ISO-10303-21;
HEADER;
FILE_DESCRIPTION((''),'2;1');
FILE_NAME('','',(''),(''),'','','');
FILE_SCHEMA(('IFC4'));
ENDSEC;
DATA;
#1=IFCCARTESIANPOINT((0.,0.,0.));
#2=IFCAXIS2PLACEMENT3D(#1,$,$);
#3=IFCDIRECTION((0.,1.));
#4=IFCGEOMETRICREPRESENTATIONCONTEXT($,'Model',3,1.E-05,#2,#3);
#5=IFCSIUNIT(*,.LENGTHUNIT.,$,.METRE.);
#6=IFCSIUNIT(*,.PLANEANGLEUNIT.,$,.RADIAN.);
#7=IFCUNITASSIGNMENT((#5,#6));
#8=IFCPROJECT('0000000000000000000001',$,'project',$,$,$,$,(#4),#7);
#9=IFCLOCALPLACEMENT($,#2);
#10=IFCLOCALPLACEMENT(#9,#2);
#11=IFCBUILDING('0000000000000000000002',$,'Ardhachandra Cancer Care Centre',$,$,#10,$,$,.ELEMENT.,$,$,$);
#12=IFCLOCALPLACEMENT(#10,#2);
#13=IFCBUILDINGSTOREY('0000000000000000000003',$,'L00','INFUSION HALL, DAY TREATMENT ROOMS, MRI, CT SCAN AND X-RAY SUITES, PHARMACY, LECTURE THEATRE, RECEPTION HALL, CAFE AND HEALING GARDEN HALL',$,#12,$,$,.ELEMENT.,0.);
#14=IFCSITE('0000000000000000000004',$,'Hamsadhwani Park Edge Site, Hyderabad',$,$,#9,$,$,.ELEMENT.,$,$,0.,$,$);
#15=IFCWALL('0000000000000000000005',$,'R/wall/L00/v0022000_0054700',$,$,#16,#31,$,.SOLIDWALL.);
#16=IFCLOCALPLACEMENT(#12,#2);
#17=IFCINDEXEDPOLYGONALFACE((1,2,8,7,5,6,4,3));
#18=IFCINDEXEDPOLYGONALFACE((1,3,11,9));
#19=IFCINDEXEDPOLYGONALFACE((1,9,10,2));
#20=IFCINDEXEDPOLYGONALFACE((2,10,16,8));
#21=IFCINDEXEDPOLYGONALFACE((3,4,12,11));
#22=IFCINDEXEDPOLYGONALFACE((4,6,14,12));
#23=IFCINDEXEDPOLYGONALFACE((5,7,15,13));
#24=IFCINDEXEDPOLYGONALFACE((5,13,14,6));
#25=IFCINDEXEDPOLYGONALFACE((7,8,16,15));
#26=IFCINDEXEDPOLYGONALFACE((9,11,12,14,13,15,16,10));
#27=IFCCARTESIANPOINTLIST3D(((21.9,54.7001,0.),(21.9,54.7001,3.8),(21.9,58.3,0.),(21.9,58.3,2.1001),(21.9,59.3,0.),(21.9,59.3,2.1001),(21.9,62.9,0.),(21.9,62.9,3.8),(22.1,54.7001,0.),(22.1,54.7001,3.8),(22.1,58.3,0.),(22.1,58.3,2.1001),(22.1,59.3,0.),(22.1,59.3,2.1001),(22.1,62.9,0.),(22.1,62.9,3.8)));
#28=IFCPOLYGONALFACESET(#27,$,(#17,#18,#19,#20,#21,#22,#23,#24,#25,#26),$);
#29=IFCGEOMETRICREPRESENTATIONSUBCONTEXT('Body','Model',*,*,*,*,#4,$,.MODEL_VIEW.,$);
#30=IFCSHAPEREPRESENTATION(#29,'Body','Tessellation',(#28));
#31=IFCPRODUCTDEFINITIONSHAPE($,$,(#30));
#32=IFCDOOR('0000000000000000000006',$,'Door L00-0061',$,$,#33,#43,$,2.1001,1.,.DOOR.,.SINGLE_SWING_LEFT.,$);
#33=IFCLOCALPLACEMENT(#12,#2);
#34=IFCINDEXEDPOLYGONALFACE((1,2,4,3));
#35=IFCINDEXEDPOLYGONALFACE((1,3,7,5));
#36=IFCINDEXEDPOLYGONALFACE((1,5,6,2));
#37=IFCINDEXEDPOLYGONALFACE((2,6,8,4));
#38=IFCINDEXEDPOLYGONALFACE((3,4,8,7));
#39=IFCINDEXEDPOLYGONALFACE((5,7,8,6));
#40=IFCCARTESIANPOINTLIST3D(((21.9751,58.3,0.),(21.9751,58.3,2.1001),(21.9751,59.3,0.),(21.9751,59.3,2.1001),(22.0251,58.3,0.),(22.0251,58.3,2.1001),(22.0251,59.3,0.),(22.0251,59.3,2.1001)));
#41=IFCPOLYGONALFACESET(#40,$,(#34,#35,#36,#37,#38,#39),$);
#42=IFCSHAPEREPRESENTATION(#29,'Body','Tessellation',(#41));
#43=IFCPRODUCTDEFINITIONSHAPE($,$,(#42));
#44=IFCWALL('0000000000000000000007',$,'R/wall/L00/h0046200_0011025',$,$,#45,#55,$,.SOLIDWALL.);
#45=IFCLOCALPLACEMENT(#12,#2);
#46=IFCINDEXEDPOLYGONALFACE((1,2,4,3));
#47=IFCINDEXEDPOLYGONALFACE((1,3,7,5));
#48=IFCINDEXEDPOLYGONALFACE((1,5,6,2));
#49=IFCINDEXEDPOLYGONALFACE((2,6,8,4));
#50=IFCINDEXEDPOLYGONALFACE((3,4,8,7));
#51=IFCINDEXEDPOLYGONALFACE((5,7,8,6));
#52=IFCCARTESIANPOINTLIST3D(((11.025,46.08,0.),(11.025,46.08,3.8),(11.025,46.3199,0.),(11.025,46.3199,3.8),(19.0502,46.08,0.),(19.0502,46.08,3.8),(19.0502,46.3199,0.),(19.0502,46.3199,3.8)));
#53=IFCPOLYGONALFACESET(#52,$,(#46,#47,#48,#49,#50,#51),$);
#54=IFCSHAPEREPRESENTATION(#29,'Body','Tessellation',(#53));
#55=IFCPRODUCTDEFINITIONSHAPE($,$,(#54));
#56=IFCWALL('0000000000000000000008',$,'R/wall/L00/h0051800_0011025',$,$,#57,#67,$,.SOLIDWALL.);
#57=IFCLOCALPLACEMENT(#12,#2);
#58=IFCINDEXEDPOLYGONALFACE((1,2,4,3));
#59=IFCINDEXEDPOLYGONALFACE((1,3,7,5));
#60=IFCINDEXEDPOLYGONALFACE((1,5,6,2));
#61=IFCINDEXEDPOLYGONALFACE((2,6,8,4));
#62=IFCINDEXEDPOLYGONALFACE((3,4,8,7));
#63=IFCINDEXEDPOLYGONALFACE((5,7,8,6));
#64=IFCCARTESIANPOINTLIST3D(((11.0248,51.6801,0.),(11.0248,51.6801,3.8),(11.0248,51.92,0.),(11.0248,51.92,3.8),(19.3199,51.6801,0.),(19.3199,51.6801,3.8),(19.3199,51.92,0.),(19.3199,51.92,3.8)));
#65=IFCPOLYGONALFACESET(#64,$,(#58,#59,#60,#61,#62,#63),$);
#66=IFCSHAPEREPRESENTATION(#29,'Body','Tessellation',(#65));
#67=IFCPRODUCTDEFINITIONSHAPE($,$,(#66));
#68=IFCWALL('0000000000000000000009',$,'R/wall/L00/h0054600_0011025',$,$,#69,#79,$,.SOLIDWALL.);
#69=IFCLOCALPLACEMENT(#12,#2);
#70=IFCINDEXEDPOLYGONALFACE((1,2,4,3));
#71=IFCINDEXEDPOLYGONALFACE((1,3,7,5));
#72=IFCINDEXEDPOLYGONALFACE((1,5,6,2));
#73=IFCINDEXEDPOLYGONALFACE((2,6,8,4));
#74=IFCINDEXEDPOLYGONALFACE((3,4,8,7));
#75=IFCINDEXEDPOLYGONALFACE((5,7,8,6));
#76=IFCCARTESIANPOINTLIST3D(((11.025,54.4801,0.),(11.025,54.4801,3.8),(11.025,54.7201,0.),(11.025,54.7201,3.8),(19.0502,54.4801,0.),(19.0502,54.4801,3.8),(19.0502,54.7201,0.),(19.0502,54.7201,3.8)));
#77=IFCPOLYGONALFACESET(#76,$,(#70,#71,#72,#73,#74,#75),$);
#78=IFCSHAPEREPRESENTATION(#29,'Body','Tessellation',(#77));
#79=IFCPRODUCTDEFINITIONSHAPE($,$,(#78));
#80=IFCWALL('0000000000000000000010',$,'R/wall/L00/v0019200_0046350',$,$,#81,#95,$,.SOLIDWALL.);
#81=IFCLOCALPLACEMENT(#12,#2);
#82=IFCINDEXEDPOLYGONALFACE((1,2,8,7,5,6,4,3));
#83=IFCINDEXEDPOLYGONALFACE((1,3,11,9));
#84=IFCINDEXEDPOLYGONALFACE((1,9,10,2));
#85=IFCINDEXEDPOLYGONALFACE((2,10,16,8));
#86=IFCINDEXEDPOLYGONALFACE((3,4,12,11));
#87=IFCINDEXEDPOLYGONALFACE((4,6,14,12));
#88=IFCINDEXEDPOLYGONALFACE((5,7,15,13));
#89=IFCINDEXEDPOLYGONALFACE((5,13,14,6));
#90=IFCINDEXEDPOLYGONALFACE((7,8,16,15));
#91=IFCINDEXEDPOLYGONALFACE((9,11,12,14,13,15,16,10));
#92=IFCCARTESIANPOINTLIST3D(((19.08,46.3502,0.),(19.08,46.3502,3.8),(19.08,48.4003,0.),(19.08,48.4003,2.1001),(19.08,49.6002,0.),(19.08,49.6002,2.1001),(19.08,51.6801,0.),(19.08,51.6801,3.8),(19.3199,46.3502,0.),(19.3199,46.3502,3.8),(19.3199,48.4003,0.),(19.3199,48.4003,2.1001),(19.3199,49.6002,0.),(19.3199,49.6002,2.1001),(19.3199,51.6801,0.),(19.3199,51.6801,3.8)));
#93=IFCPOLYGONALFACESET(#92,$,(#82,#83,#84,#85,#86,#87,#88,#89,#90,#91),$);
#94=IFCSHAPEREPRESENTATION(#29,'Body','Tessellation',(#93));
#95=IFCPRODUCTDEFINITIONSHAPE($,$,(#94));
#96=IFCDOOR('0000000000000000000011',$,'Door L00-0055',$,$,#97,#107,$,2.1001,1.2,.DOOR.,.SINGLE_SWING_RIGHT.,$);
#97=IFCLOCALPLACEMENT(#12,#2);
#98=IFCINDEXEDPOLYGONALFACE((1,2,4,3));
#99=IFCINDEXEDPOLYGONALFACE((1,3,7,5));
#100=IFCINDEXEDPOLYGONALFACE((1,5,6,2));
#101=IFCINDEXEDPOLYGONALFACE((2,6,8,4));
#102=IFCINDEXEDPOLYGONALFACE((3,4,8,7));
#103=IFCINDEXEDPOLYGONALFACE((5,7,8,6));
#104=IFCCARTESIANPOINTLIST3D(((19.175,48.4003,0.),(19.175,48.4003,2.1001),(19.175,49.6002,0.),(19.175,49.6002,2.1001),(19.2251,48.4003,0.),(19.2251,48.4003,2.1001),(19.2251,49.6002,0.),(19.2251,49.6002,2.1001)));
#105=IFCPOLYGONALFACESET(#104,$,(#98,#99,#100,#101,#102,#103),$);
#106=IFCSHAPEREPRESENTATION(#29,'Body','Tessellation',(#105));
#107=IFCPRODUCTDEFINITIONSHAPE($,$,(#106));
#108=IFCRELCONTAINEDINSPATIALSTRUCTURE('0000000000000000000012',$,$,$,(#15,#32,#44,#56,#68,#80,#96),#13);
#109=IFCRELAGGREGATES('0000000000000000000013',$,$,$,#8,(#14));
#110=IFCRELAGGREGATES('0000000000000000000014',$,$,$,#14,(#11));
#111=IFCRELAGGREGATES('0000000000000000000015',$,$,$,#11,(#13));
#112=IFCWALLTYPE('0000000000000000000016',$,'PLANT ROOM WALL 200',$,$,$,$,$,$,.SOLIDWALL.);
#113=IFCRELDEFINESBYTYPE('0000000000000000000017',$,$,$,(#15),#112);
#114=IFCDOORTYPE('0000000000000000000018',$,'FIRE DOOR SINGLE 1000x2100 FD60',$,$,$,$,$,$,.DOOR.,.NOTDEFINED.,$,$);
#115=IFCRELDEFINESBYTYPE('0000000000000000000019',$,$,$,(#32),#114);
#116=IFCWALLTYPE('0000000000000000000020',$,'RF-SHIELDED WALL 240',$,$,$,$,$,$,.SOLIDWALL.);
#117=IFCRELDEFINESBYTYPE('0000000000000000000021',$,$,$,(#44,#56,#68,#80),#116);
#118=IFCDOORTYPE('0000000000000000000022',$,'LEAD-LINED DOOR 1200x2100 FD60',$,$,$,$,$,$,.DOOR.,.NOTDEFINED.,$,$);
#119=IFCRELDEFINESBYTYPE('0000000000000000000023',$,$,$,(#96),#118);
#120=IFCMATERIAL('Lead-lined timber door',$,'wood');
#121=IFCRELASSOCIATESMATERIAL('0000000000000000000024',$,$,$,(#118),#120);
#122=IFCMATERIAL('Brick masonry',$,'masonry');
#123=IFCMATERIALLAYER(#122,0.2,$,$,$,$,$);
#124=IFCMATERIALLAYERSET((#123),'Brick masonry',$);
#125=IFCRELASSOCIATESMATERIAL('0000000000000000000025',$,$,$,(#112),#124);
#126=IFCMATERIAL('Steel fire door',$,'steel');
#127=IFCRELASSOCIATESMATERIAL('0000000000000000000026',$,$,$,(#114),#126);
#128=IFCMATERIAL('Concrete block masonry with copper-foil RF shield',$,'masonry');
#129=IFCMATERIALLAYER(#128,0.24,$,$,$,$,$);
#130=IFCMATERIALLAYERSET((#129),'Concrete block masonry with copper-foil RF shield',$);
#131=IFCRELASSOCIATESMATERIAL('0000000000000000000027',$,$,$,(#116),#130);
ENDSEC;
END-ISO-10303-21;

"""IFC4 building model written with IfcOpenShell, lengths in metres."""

from ifc_helpers import new_model, si_unit, direction, frame, frame_2d, origin, place, context, subcontext, project, spatial, rectangle, extrude, material, layer, layer_set, type_object, element, fill, save


model = new_model("IFC4")

# Units and contexts
model_context = context("Model", 3, precision=1e-05, world=origin(), true_north=direction((0.0, 1.0)))
body_context = subcontext(model_context, "Body", "Model", "MODEL_VIEW")
ifc_project = project(units=[si_unit("LENGTHUNIT", "METRE"), si_unit("PLANEANGLEUNIT", "RADIAN")], contexts=[model_context])

# Site, building, storey
site_placement = place(None, origin())
site = spatial("IfcSite", under=ifc_project, at=site_placement, Name="Hamsadhwani Park Edge Site, Hyderabad", CompositionType="ELEMENT", RefElevation=0.0)
building_placement = place(site_placement, origin())
building = spatial("IfcBuilding", under=site, at=building_placement, Name="Ardhachandra Cancer Care Centre", CompositionType="ELEMENT")
storey_placement = place(building_placement, origin())
storey = spatial("IfcBuildingStorey", under=building, at=storey_placement, Name="L00", Description="INFUSION HALL, DAY TREATMENT ROOMS, MRI, CT SCAN AND X-RAY SUITES, PHARMACY, LECTURE THEATRE, RECEPTION HALL, CAFE AND HEALING GARDEN HALL", CompositionType="ELEMENT", Elevation=0.0)

# Shared definitions
ifc_material_1 = material(Name="Lead-lined timber door", Category="wood")
door_type_1 = type_object("IfcDoorType", Name="LEAD-LINED DOOR 1200x2100 FD60", OperationType="NOTDEFINED", PredefinedType="DOOR", material=ifc_material_1)

# Shared definitions
ifc_material_2 = material(Name="Brick masonry", Category="masonry")
ifc_layer_1 = layer(ifc_material_2, 0.2)
ifc_layer_set_1 = layer_set([ifc_layer_1], Name="Brick masonry")
wall_type_1 = type_object("IfcWallType", Name="PLANT ROOM WALL 200", PredefinedType="SOLIDWALL", material=ifc_layer_set_1)

# Wall, opening, door
wall_1_placement = place(storey_placement, frame((22.0, 54.7, 0.0), z_axis=(0.0, 0.0, 1.0), x_axis=(0.0, 1.0, 0.0)))
wall_1 = element("IfcWall", 1, at=wall_1_placement, inside=storey, type_object=wall_type_1, Name="R/wall/L00/v0022000_0054700", PredefinedType="SOLIDWALL", context=body_context, shape_type="SweptSolid", body=[
    extrude(rectangle(XDim=8.2, YDim=0.2, at=frame_2d((4.1001, 0.0))), origin(), (0.0, 0.0, 1.0), 3.8),
])
opening_1_placement = place(wall_1_placement, frame((3.6001, 0.0, 0.0)))
opening_1 = element("IfcOpeningElement", 2, at=opening_1_placement, cuts=wall_1, PredefinedType="OPENING", context=body_context, shape_type="SweptSolid", body=[
    extrude(rectangle(XDim=1.0, YDim=2.1001, at=frame_2d((0.5, 1.05))), frame((0.0, 0.1099, 0.0), z_axis=(0.0, -1.0, 0.0), x_axis=(1.0, 0.0, 0.0)), (0.0, 0.0, 1.0), 0.22),
])
ifc_material_3 = material(Name="Steel fire door", Category="steel")
door_type_2 = type_object("IfcDoorType", Name="FIRE DOOR SINGLE 1000x2100 FD60", OperationType="NOTDEFINED", PredefinedType="DOOR", material=ifc_material_3)
door_1_placement = place(opening_1_placement, origin())
door_1 = element("IfcDoor", 3, at=door_1_placement, inside=storey, type_object=door_type_2, Name="Door L00-0061", OperationType="SINGLE_SWING_LEFT", OverallHeight=2.1001, OverallWidth=1.0, PredefinedType="DOOR", context=body_context, shape_type="SweptSolid", body=[
    extrude(rectangle(XDim=1.0, YDim=2.1001, at=frame_2d((0.5, 1.05))), frame((0.0, 0.0249, 0.0), z_axis=(0.0, -1.0, 0.0), x_axis=(1.0, 0.0, 0.0)), (0.0, 0.0, 1.0), 0.05),
])
fill(opening_1, door_1)

# Walls
ifc_material_4 = material(Name="Concrete block masonry with copper-foil RF shield", Category="masonry")
ifc_layer_2 = layer(ifc_material_4, 0.24)
ifc_layer_set_2 = layer_set([ifc_layer_2], Name="Concrete block masonry with copper-foil RF shield")
wall_type_2 = type_object("IfcWallType", Name="RF-SHIELDED WALL 240", PredefinedType="SOLIDWALL", material=ifc_layer_set_2)
wall_2_placement = place(storey_placement, frame((11.0249, 46.2, 0.0), z_axis=(0.0, 0.0, 1.0), x_axis=(1.0, 0.0, 0.0)))
element("IfcWall", 4, at=wall_2_placement, inside=storey, type_object=wall_type_2, Name="R/wall/L00/h0046200_0011025", PredefinedType="SOLIDWALL", context=body_context, shape_type="SweptSolid", body=[
    extrude(rectangle(XDim=8.0251, YDim=0.24, at=frame_2d((4.0127, 0.0))), origin(), (0.0, 0.0, 1.0), 3.8),
])
wall_3_placement = place(storey_placement, frame((11.0249, 51.8, 0.0), z_axis=(0.0, 0.0, 1.0), x_axis=(1.0, 0.0, 0.0)))
element("IfcWall", 5, at=wall_3_placement, inside=storey, type_object=wall_type_2, Name="R/wall/L00/h0051800_0011025", PredefinedType="SOLIDWALL", context=body_context, shape_type="SweptSolid", body=[
    extrude(rectangle(XDim=8.2952, YDim=0.24, at=frame_2d((4.1475, 0.0))), origin(), (0.0, 0.0, 1.0), 3.8),
])
wall_4_placement = place(storey_placement, frame((11.0249, 54.6001, 0.0), z_axis=(0.0, 0.0, 1.0), x_axis=(1.0, 0.0, 0.0)))
element("IfcWall", 6, at=wall_4_placement, inside=storey, type_object=wall_type_2, Name="R/wall/L00/h0054600_0011025", PredefinedType="SOLIDWALL", context=body_context, shape_type="SweptSolid", body=[
    extrude(rectangle(XDim=8.0251, YDim=0.24, at=frame_2d((4.0127, 0.0))), origin(), (0.0, 0.0, 1.0), 3.8),
])

# Wall, opening, door
wall_5_placement = place(storey_placement, frame((19.2, 46.3501, 0.0), z_axis=(0.0, 0.0, 1.0), x_axis=(0.0, 1.0, 0.0)))
wall_5 = element("IfcWall", 7, at=wall_5_placement, inside=storey, type_object=wall_type_2, Name="R/wall/L00/v0019200_0046350", PredefinedType="SOLIDWALL", context=body_context, shape_type="SweptSolid", body=[
    extrude(rectangle(XDim=5.3298, YDim=0.24, at=frame_2d((2.665, 0.0))), origin(), (0.0, 0.0, 1.0), 3.8),
])
opening_2_placement = place(wall_5_placement, frame((2.05, 0.0, 0.0)))
opening_2 = element("IfcOpeningElement", 8, at=opening_2_placement, cuts=wall_5, PredefinedType="OPENING", context=body_context, shape_type="SweptSolid", body=[
    extrude(rectangle(XDim=1.2, YDim=2.1001, at=frame_2d((0.6001, 1.05))), frame((0.0, 0.1299, 0.0), z_axis=(0.0, -1.0, 0.0), x_axis=(1.0, 0.0, 0.0)), (0.0, 0.0, 1.0), 0.26),
])
door_2_placement = place(opening_2_placement, origin())
door_2 = element("IfcDoor", 9, at=door_2_placement, inside=storey, type_object=door_type_1, Name="Door L00-0055", OperationType="SINGLE_SWING_RIGHT", OverallHeight=2.1001, OverallWidth=1.2, PredefinedType="DOOR", context=body_context, shape_type="SweptSolid", body=[
    extrude(rectangle(XDim=1.2, YDim=2.1001, at=frame_2d((0.6001, 1.05))), frame((0.0, 0.0249, 0.0), z_axis=(0.0, -1.0, 0.0), x_axis=(1.0, 0.0, 0.0)), (0.0, 0.0, 1.0), 0.05),
])
fill(opening_2, door_2)

save(model, "model.ifc")
